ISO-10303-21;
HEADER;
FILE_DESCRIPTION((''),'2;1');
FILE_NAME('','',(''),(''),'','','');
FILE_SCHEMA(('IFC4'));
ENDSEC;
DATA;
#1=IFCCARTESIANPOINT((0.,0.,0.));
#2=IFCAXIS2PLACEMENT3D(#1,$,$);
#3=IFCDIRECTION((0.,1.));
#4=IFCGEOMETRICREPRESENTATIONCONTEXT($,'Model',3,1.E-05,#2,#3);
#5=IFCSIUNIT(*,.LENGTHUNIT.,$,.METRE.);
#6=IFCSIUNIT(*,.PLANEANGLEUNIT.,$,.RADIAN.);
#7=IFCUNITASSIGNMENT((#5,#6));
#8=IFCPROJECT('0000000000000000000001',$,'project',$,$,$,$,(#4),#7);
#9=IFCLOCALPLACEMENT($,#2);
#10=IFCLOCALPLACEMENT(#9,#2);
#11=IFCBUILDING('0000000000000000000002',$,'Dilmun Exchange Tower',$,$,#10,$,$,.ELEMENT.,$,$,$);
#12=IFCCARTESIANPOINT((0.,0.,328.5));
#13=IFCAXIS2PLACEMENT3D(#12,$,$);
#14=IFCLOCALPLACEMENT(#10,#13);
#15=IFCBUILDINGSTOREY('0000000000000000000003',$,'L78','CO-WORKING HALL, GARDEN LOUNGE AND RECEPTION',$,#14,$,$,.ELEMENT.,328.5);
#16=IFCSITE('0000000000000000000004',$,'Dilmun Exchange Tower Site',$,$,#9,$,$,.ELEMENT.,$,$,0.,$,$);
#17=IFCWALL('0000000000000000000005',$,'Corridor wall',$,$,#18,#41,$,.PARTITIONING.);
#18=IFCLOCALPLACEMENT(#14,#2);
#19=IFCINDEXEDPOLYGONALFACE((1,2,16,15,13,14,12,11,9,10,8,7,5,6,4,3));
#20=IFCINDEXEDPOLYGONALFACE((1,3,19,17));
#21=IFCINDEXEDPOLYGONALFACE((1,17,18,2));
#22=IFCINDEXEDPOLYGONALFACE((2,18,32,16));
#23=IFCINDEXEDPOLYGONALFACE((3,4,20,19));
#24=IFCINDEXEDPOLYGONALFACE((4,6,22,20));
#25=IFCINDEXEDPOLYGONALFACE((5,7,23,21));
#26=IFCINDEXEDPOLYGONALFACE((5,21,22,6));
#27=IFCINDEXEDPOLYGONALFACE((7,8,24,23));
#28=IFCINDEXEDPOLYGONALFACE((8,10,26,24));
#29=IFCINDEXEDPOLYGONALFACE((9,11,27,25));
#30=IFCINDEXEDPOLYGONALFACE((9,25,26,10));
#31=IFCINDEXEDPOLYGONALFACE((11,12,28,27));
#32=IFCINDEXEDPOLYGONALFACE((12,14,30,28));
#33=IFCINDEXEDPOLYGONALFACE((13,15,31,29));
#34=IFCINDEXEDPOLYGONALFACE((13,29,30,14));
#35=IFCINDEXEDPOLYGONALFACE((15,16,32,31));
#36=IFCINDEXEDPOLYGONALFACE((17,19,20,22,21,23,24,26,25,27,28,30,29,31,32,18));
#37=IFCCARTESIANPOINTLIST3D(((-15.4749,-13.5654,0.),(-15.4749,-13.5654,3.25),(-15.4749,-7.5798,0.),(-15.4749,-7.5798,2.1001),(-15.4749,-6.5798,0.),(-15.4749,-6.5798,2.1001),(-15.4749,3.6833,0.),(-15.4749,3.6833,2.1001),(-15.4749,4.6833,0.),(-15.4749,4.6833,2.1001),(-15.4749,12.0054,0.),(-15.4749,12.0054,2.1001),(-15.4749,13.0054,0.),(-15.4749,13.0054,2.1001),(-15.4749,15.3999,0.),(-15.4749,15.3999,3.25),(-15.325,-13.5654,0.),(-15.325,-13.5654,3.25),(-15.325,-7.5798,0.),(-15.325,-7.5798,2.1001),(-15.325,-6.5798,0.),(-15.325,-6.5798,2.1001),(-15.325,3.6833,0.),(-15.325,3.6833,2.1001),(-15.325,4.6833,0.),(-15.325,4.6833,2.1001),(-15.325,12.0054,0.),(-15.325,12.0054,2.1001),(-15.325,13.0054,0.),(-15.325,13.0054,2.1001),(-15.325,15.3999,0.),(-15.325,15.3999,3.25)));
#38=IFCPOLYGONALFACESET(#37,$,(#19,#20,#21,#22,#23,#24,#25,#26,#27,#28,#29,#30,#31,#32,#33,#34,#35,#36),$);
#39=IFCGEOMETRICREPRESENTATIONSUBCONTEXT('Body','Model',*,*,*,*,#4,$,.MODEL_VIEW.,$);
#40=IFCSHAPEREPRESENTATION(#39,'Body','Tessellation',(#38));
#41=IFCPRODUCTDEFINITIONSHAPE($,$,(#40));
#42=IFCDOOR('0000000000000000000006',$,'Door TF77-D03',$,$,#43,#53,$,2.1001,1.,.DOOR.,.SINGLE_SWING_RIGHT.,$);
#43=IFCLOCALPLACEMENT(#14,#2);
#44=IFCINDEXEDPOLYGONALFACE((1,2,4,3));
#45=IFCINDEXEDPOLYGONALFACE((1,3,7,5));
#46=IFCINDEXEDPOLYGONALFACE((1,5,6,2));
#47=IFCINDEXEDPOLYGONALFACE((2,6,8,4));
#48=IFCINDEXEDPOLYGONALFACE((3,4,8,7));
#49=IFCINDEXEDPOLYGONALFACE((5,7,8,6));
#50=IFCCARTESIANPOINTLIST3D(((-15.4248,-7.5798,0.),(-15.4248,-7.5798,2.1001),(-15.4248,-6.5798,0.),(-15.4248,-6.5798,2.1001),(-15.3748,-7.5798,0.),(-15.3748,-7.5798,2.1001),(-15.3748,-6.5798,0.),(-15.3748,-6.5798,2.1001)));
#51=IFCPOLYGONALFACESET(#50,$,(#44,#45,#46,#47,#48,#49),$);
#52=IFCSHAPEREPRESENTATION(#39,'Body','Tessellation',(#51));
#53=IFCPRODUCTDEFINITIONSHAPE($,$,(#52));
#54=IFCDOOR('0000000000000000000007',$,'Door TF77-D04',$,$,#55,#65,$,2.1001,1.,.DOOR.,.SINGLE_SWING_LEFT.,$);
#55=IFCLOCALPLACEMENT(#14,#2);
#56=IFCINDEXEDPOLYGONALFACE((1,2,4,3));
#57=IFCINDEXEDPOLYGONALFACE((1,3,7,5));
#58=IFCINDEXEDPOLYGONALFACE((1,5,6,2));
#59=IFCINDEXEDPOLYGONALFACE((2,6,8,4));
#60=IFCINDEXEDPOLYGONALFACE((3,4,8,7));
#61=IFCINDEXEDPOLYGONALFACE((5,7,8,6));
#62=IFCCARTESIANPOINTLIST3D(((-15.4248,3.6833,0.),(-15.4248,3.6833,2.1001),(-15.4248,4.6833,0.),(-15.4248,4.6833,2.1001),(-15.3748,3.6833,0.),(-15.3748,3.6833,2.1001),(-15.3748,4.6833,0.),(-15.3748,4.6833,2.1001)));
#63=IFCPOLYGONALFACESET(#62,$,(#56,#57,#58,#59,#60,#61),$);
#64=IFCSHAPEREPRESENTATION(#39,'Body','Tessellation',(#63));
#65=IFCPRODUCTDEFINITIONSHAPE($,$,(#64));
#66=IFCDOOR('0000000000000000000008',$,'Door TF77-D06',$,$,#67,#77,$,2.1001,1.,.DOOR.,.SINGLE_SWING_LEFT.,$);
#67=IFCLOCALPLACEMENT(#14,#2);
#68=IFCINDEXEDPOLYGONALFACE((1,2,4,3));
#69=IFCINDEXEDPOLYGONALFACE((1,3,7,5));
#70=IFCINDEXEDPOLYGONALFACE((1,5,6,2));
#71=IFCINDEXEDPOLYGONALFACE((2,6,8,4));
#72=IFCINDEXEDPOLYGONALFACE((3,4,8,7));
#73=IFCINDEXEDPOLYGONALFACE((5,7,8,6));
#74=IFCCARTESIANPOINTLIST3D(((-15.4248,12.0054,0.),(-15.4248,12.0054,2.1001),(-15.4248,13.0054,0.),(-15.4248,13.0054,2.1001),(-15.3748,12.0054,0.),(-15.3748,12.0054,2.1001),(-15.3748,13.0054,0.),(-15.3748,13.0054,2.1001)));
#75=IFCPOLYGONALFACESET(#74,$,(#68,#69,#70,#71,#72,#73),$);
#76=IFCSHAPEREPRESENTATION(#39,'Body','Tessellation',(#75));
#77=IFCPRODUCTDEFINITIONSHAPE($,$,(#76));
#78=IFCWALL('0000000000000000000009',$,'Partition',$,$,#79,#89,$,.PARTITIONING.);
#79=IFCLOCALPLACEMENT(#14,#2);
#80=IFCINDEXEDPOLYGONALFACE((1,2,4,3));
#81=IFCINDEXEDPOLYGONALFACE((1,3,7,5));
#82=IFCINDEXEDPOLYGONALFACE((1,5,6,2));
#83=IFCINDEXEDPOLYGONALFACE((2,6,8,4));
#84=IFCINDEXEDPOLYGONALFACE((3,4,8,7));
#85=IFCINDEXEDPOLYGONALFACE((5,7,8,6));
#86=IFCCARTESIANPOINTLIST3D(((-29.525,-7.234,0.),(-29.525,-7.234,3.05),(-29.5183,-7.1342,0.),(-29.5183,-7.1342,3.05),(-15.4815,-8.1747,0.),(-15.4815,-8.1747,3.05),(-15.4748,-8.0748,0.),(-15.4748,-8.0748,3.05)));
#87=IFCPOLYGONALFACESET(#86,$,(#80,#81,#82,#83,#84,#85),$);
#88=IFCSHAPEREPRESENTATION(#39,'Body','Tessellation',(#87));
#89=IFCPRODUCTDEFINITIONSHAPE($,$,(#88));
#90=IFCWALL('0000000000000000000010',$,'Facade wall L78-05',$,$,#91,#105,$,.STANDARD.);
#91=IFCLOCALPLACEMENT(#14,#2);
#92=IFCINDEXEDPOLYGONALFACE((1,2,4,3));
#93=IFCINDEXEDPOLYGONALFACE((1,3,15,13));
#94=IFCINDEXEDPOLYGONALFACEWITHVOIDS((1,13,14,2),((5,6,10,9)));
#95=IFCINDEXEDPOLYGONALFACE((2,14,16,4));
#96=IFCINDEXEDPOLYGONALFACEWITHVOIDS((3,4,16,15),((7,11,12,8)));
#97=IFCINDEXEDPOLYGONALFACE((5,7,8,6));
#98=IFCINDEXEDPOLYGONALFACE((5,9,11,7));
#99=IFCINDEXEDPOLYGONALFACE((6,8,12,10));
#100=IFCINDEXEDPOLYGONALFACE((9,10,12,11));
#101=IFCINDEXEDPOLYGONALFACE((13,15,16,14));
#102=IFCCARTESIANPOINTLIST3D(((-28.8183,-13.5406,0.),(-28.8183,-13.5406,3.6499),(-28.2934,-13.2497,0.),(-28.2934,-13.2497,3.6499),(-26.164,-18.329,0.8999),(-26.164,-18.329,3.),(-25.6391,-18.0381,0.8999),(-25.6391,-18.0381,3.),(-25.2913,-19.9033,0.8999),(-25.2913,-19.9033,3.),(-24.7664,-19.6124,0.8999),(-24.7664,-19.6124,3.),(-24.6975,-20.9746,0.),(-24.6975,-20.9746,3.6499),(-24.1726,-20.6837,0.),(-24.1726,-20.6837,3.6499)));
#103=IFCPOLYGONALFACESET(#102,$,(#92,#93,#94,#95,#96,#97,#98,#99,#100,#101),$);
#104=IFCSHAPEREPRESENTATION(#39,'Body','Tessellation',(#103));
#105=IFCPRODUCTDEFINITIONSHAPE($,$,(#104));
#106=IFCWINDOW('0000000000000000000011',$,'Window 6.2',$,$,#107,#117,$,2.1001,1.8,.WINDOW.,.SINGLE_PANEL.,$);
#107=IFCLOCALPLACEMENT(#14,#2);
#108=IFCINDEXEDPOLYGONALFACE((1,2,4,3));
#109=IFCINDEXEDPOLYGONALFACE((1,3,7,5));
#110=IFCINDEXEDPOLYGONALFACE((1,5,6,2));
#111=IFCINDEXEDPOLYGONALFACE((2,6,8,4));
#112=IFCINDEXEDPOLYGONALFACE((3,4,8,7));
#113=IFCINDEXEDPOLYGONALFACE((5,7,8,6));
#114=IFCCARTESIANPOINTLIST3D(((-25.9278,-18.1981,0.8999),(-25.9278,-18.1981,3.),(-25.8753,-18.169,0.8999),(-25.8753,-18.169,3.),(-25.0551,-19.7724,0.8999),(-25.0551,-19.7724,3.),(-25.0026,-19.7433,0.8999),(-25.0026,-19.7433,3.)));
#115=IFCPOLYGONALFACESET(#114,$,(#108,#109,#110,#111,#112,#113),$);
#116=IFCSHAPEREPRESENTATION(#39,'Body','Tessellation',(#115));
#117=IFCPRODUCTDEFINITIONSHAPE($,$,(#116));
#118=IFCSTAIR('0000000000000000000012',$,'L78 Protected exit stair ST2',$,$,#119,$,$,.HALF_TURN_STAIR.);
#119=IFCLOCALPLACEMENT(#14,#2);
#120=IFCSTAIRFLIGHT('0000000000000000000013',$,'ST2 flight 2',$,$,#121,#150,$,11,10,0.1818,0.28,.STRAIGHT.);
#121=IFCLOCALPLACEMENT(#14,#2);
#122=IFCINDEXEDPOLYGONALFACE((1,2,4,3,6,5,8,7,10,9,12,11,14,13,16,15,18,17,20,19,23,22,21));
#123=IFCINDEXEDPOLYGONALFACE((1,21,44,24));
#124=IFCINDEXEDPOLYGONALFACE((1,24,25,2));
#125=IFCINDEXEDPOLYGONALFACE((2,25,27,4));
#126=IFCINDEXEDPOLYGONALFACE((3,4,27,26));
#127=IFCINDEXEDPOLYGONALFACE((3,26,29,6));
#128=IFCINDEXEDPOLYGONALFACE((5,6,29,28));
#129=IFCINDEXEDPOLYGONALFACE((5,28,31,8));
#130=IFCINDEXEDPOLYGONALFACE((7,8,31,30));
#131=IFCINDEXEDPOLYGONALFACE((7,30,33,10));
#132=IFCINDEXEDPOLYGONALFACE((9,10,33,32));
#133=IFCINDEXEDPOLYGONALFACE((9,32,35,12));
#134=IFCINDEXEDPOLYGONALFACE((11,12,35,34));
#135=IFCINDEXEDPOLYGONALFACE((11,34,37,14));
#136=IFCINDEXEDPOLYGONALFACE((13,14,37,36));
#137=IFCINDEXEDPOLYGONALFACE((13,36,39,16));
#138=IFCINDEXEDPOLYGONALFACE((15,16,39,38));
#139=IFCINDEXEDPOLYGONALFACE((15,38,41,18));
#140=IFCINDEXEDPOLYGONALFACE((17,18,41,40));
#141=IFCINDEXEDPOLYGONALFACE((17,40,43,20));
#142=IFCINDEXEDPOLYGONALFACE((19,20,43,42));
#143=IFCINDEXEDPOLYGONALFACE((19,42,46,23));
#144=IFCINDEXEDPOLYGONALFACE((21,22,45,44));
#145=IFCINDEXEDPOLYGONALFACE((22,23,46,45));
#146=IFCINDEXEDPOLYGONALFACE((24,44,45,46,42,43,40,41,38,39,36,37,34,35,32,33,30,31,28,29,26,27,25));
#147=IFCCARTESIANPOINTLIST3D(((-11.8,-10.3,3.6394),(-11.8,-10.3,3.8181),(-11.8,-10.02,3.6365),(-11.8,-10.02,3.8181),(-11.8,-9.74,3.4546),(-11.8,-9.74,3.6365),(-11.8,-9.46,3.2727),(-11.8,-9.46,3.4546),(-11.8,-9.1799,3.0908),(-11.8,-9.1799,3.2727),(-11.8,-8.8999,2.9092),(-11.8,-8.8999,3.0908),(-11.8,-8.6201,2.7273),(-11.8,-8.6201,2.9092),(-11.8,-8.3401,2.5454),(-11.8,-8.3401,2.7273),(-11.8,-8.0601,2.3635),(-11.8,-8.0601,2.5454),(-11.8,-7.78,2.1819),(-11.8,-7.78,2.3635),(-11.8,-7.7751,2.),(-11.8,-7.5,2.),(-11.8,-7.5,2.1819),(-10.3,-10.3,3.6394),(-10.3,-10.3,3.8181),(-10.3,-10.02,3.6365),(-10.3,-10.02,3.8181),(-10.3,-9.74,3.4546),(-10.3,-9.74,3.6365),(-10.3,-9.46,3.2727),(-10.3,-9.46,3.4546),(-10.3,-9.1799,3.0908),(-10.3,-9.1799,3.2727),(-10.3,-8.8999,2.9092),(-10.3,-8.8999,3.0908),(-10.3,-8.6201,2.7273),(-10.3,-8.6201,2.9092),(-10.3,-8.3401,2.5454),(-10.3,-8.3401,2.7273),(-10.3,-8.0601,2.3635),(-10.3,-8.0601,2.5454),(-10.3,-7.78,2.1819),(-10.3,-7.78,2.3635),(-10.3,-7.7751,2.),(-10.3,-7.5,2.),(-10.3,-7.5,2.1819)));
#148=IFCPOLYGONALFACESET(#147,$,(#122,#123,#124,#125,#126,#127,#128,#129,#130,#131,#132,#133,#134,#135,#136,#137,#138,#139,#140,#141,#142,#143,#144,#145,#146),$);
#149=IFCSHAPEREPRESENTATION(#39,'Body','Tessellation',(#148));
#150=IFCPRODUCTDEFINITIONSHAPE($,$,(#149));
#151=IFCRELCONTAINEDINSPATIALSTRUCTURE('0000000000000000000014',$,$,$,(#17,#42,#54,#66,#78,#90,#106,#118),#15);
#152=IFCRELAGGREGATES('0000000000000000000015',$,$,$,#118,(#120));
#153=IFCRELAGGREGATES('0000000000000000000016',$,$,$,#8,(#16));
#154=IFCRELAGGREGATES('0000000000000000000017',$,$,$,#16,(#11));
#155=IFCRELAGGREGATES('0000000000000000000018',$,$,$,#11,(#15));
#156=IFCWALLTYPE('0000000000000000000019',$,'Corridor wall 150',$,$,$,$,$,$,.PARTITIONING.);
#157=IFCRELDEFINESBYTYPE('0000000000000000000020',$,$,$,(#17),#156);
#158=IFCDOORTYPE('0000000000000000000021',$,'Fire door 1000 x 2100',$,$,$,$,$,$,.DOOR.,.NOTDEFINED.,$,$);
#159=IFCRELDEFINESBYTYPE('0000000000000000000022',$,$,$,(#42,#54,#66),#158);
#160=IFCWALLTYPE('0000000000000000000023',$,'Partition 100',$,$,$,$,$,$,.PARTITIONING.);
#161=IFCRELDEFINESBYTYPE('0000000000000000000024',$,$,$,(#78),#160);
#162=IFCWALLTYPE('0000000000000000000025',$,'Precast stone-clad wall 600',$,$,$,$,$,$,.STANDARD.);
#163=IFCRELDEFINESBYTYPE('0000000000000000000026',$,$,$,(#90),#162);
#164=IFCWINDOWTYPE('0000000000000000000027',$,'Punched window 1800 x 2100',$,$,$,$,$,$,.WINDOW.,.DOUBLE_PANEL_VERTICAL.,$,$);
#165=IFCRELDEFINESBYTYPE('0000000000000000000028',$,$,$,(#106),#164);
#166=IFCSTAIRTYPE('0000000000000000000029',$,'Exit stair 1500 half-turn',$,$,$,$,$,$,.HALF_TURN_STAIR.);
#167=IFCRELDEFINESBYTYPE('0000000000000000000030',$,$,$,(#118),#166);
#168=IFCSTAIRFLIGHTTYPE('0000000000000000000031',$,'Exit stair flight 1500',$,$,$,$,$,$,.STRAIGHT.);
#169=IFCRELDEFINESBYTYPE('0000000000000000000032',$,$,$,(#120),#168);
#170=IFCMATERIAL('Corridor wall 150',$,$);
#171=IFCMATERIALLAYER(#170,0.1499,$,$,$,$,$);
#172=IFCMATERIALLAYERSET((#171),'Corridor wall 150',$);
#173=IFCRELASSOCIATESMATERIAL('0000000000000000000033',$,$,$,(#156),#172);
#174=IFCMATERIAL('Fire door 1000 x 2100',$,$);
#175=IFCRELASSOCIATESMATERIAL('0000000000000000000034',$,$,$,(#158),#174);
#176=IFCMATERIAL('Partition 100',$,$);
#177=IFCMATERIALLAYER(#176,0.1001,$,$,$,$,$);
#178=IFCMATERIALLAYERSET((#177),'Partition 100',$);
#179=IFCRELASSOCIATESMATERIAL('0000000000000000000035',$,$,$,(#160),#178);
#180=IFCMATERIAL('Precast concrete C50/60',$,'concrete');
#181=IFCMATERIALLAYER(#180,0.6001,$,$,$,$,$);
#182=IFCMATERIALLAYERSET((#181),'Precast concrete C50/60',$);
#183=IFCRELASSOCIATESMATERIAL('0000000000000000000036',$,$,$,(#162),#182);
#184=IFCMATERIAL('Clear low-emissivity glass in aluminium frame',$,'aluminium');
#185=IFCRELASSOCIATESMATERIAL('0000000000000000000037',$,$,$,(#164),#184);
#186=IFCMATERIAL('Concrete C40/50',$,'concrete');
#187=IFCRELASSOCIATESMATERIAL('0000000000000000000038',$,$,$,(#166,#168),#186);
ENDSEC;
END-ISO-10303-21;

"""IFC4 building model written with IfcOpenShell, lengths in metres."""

from ifc_helpers import new_model, si_unit, direction, frame, frame_2d, origin, place, context, subcontext, project, spatial, polyline, rectangle, outline, extrude, material, layer, layer_set, type_object, element, fill, aggregate, save


model = new_model("IFC4")

# Units and contexts
model_context = context("Model", 3, precision=1e-05, world=origin(), true_north=direction((0.0, 1.0)))
body_context = subcontext(model_context, "Body", "Model", "MODEL_VIEW")
ifc_project = project(units=[si_unit("LENGTHUNIT", "METRE"), si_unit("PLANEANGLEUNIT", "RADIAN")], contexts=[model_context])

# Site, building, storey
site_placement = place(None, origin())
site = spatial("IfcSite", under=ifc_project, at=site_placement, Name="Dilmun Exchange Tower Site", CompositionType="ELEMENT", RefElevation=0.0)
building_placement = place(site_placement, origin())
building = spatial("IfcBuilding", under=site, at=building_placement, Name="Dilmun Exchange Tower", CompositionType="ELEMENT")
storey_placement = place(building_placement, frame((0.0, 0.0, 328.5)))
storey = spatial("IfcBuildingStorey", under=building, at=storey_placement, Name="L78", Description="CO-WORKING HALL, GARDEN LOUNGE AND RECEPTION", CompositionType="ELEMENT", Elevation=328.5)

# Shared definitions
ifc_material_1 = material(Name="Concrete C40/50", Category="concrete")

# Shared definitions
ifc_material_2 = material(Name="Corridor wall 150")
ifc_layer_1 = layer(ifc_material_2, 0.1499)
ifc_layer_set_1 = layer_set([ifc_layer_1], Name="Corridor wall 150")
wall_type_1 = type_object("IfcWallType", Name="Corridor wall 150", PredefinedType="PARTITIONING", material=ifc_layer_set_1)

# Wall, openings, doors
wall_1_placement = place(storey_placement, frame((-15.3999, -13.5654, 0.0), z_axis=(0.0, 0.0, 1.0), x_axis=(0.0, 1.0, 0.0)))
wall_1 = element("IfcWall", 1, at=wall_1_placement, inside=storey, type_object=wall_type_1, Name="Corridor wall", PredefinedType="PARTITIONING", context=body_context, shape_type="SweptSolid", body=[
    extrude(rectangle(XDim=28.9653, YDim=0.1499, at=frame_2d((14.4827, 0.0))), origin(), (0.0, 0.0, 1.0), 3.25),
])
opening_1_placement = place(wall_1_placement, frame((5.9856, 0.0, 0.0)))
opening_1 = element("IfcOpeningElement", 2, at=opening_1_placement, cuts=wall_1, PredefinedType="OPENING", context=body_context, shape_type="SweptSolid", body=[
    extrude(rectangle(XDim=1.0, YDim=2.1001, at=frame_2d((0.5, 1.05))), frame((0.0, 0.085, 0.0), z_axis=(0.0, -1.0, 0.0), x_axis=(1.0, 0.0, 0.0)), (0.0, 0.0, 1.0), 0.1699),
])
opening_2_placement = place(wall_1_placement, frame((17.2488, 0.0, 0.0)))
opening_2 = element("IfcOpeningElement", 3, at=opening_2_placement, cuts=wall_1, PredefinedType="OPENING", context=body_context, shape_type="SweptSolid", body=[
    extrude(rectangle(XDim=1.0, YDim=2.1001, at=frame_2d((0.5, 1.05))), frame((0.0, 0.085, 0.0), z_axis=(0.0, -1.0, 0.0), x_axis=(1.0, 0.0, 0.0)), (0.0, 0.0, 1.0), 0.1699),
])
opening_3_placement = place(wall_1_placement, frame((25.5708, 0.0, 0.0)))
opening_3 = element("IfcOpeningElement", 4, at=opening_3_placement, cuts=wall_1, PredefinedType="OPENING", context=body_context, shape_type="SweptSolid", body=[
    extrude(rectangle(XDim=1.0, YDim=2.1001, at=frame_2d((0.5, 1.05))), frame((0.0, 0.085, 0.0), z_axis=(0.0, -1.0, 0.0), x_axis=(1.0, 0.0, 0.0)), (0.0, 0.0, 1.0), 0.1699),
])
ifc_material_3 = material(Name="Fire door 1000 x 2100")
door_type_1 = type_object("IfcDoorType", Name="Fire door 1000 x 2100", OperationType="NOTDEFINED", PredefinedType="DOOR", material=ifc_material_3)
door_1_placement = place(opening_1_placement, origin())
door_1 = element("IfcDoor", 5, at=door_1_placement, inside=storey, type_object=door_type_1, Name="Door TF77-D03", OperationType="SINGLE_SWING_RIGHT", OverallHeight=2.1001, OverallWidth=1.0, PredefinedType="DOOR", context=body_context, shape_type="SweptSolid", body=[
    extrude(rectangle(XDim=1.0, YDim=2.1001, at=frame_2d((0.5, 1.05))), frame((0.0, 0.0249, 0.0), z_axis=(0.0, -1.0, 0.0), x_axis=(1.0, 0.0, 0.0)), (0.0, 0.0, 1.0), 0.05),
])
fill(opening_1, door_1)
door_2_placement = place(opening_2_placement, origin())
door_2 = element("IfcDoor", 6, at=door_2_placement, inside=storey, type_object=door_type_1, Name="Door TF77-D04", OperationType="SINGLE_SWING_LEFT", OverallHeight=2.1001, OverallWidth=1.0, PredefinedType="DOOR", context=body_context, shape_type="SweptSolid", body=[
    extrude(rectangle(XDim=1.0, YDim=2.1001, at=frame_2d((0.5, 1.05))), frame((0.0, 0.0249, 0.0), z_axis=(0.0, -1.0, 0.0), x_axis=(1.0, 0.0, 0.0)), (0.0, 0.0, 1.0), 0.05),
])
fill(opening_2, door_2)
door_3_placement = place(opening_3_placement, origin())
door_3 = element("IfcDoor", 7, at=door_3_placement, inside=storey, type_object=door_type_1, Name="Door TF77-D06", OperationType="SINGLE_SWING_LEFT", OverallHeight=2.1001, OverallWidth=1.0, PredefinedType="DOOR", context=body_context, shape_type="SweptSolid", body=[
    extrude(rectangle(XDim=1.0, YDim=2.1001, at=frame_2d((0.5, 1.05))), frame((0.0, 0.0249, 0.0), z_axis=(0.0, -1.0, 0.0), x_axis=(1.0, 0.0, 0.0)), (0.0, 0.0, 1.0), 0.05),
])
fill(opening_3, door_3)

# Wall
ifc_material_4 = material(Name="Partition 100")
ifc_layer_2 = layer(ifc_material_4, 0.1001)
ifc_layer_set_2 = layer_set([ifc_layer_2], Name="Partition 100")
wall_type_2 = type_object("IfcWallType", Name="Partition 100", PredefinedType="PARTITIONING", material=ifc_layer_set_2)
wall_2_placement = place(storey_placement, frame((-29.5217, -7.1841, 0.0), z_axis=(0.0, 0.0, 1.0), x_axis=(0.997764, -0.066833, 0.0)))
element("IfcWall", 8, at=wall_2_placement, inside=storey, type_object=wall_type_2, Name="Partition", PredefinedType="PARTITIONING", context=body_context, shape_type="SweptSolid", body=[
    extrude(rectangle(XDim=14.075, YDim=0.1001, at=frame_2d((7.0376, 0.0))), origin(), (0.0, 0.0, 1.0), 3.05),
])

# Wall, opening, window
ifc_material_5 = material(Name="Precast concrete C50/60", Category="concrete")
ifc_layer_3 = layer(ifc_material_5, 0.6001)
ifc_layer_set_3 = layer_set([ifc_layer_3], Name="Precast concrete C50/60")
wall_type_3 = type_object("IfcWallType", Name="Precast stone-clad wall 600", PredefinedType="STANDARD", material=ifc_layer_set_3)
wall_3_placement = place(storey_placement, frame((-28.5559, -13.395, 0.0), z_axis=(0.0, 0.0, 1.0), x_axis=(0.484816, -0.874616, 0.0)))
wall_3 = element("IfcWall", 9, at=wall_3_placement, inside=storey, type_object=wall_type_3, Name="Facade wall L78-05", PredefinedType="STANDARD", context=body_context, shape_type="SweptSolid", body=[
    extrude(rectangle(XDim=8.4998, YDim=0.6001, at=frame_2d((4.25, 0.0))), origin(), (0.0, 0.0, 1.0), 3.6499),
])
opening_4_placement = place(wall_3_placement, frame((5.4751, 0.0, 0.8999)))
opening_4 = element("IfcOpeningElement", 10, at=opening_4_placement, cuts=wall_3, PredefinedType="OPENING", context=body_context, shape_type="SweptSolid", body=[
    extrude(rectangle(XDim=1.8, YDim=2.1001, at=frame_2d((0.8999, 1.05))), frame((0.0, 0.3101, 0.0), z_axis=(0.0, -1.0, 0.0), x_axis=(1.0, 0.0, 0.0)), (0.0, 0.0, 1.0), 0.6201),
])
ifc_material_6 = material(Name="Clear low-emissivity glass in aluminium frame", Category="aluminium")
window_type = type_object("IfcWindowType", Name="Punched window 1800 x 2100", PartitioningType="DOUBLE_PANEL_VERTICAL", PredefinedType="WINDOW", material=ifc_material_6)
window_placement = place(opening_4_placement, origin())
window = element("IfcWindow", 11, at=window_placement, inside=storey, type_object=window_type, Name="Window 6.2", OverallHeight=2.1001, OverallWidth=1.8, PartitioningType="SINGLE_PANEL", PredefinedType="WINDOW", context=body_context, shape_type="SweptSolid", body=[
    extrude(rectangle(XDim=1.8, YDim=2.1001, at=frame_2d((0.8999, 1.05))), frame((0.0, 0.03, 0.0), z_axis=(0.0, -1.0, 0.0), x_axis=(1.0, 0.0, 0.0)), (0.0, 0.0, 1.0), 0.0601),
])
fill(opening_4, window)

# Stair, stair flight
stair_type = type_object("IfcStairType", Name="Exit stair 1500 half-turn", PredefinedType="HALF_TURN_STAIR", material=ifc_material_1)
stair_placement = place(storey_placement, origin())
stair = element("IfcStair", 12, at=stair_placement, inside=storey, type_object=stair_type, Name="L78 Protected exit stair ST2", PredefinedType="HALF_TURN_STAIR")
stair_flight_type = type_object("IfcStairFlightType", Name="Exit stair flight 1500", PredefinedType="STRAIGHT", material=ifc_material_1)
stair_flight_placement = place(storey_placement, frame((-11.05, -7.5, 2.0), z_axis=(0.0, 0.0, 1.0), x_axis=(0.0, -1.0, 0.0)))
stair_flight = element("IfcStairFlight", 13, at=stair_flight_placement, type_object=stair_flight_type, Name="ST2 flight 2", NumberOfRisers=11, NumberOfTreads=10, PredefinedType="STRAIGHT", RiserHeight=0.1818, TreadLength=0.28, context=body_context, shape_type="SweptSolid", body=[
    extrude(outline(polyline([(0.0, 0.0), (0.0, 0.1819), (0.28, 0.1819), (0.28, 0.3635), (0.5601, 0.3635), (0.5601, 0.5454), (0.8401, 0.5454), (0.8401, 0.7273), (1.1201, 0.7273), (1.1201, 0.9092), (1.3999, 0.9092), (1.3999, 1.0908), (1.6799, 1.0908), (1.6799, 1.2727), (1.96, 1.2727), (1.96, 1.4546), (2.24, 1.4546), (2.24, 1.6365), (2.52, 1.6365), (2.52, 1.8181), (2.8, 1.8181), (2.8, 2.0), (2.8, 1.6394), (0.2751, 0.0), (0.0, 0.0)])), frame((0.0, 0.75, 0.0), z_axis=(0.0, -1.0, 0.0), x_axis=(1.0, 0.0, 0.0)), (0.0, 0.0, 1.0), 1.5),
])
aggregate(stair, [stair_flight])

save(model, "model.ifc")
